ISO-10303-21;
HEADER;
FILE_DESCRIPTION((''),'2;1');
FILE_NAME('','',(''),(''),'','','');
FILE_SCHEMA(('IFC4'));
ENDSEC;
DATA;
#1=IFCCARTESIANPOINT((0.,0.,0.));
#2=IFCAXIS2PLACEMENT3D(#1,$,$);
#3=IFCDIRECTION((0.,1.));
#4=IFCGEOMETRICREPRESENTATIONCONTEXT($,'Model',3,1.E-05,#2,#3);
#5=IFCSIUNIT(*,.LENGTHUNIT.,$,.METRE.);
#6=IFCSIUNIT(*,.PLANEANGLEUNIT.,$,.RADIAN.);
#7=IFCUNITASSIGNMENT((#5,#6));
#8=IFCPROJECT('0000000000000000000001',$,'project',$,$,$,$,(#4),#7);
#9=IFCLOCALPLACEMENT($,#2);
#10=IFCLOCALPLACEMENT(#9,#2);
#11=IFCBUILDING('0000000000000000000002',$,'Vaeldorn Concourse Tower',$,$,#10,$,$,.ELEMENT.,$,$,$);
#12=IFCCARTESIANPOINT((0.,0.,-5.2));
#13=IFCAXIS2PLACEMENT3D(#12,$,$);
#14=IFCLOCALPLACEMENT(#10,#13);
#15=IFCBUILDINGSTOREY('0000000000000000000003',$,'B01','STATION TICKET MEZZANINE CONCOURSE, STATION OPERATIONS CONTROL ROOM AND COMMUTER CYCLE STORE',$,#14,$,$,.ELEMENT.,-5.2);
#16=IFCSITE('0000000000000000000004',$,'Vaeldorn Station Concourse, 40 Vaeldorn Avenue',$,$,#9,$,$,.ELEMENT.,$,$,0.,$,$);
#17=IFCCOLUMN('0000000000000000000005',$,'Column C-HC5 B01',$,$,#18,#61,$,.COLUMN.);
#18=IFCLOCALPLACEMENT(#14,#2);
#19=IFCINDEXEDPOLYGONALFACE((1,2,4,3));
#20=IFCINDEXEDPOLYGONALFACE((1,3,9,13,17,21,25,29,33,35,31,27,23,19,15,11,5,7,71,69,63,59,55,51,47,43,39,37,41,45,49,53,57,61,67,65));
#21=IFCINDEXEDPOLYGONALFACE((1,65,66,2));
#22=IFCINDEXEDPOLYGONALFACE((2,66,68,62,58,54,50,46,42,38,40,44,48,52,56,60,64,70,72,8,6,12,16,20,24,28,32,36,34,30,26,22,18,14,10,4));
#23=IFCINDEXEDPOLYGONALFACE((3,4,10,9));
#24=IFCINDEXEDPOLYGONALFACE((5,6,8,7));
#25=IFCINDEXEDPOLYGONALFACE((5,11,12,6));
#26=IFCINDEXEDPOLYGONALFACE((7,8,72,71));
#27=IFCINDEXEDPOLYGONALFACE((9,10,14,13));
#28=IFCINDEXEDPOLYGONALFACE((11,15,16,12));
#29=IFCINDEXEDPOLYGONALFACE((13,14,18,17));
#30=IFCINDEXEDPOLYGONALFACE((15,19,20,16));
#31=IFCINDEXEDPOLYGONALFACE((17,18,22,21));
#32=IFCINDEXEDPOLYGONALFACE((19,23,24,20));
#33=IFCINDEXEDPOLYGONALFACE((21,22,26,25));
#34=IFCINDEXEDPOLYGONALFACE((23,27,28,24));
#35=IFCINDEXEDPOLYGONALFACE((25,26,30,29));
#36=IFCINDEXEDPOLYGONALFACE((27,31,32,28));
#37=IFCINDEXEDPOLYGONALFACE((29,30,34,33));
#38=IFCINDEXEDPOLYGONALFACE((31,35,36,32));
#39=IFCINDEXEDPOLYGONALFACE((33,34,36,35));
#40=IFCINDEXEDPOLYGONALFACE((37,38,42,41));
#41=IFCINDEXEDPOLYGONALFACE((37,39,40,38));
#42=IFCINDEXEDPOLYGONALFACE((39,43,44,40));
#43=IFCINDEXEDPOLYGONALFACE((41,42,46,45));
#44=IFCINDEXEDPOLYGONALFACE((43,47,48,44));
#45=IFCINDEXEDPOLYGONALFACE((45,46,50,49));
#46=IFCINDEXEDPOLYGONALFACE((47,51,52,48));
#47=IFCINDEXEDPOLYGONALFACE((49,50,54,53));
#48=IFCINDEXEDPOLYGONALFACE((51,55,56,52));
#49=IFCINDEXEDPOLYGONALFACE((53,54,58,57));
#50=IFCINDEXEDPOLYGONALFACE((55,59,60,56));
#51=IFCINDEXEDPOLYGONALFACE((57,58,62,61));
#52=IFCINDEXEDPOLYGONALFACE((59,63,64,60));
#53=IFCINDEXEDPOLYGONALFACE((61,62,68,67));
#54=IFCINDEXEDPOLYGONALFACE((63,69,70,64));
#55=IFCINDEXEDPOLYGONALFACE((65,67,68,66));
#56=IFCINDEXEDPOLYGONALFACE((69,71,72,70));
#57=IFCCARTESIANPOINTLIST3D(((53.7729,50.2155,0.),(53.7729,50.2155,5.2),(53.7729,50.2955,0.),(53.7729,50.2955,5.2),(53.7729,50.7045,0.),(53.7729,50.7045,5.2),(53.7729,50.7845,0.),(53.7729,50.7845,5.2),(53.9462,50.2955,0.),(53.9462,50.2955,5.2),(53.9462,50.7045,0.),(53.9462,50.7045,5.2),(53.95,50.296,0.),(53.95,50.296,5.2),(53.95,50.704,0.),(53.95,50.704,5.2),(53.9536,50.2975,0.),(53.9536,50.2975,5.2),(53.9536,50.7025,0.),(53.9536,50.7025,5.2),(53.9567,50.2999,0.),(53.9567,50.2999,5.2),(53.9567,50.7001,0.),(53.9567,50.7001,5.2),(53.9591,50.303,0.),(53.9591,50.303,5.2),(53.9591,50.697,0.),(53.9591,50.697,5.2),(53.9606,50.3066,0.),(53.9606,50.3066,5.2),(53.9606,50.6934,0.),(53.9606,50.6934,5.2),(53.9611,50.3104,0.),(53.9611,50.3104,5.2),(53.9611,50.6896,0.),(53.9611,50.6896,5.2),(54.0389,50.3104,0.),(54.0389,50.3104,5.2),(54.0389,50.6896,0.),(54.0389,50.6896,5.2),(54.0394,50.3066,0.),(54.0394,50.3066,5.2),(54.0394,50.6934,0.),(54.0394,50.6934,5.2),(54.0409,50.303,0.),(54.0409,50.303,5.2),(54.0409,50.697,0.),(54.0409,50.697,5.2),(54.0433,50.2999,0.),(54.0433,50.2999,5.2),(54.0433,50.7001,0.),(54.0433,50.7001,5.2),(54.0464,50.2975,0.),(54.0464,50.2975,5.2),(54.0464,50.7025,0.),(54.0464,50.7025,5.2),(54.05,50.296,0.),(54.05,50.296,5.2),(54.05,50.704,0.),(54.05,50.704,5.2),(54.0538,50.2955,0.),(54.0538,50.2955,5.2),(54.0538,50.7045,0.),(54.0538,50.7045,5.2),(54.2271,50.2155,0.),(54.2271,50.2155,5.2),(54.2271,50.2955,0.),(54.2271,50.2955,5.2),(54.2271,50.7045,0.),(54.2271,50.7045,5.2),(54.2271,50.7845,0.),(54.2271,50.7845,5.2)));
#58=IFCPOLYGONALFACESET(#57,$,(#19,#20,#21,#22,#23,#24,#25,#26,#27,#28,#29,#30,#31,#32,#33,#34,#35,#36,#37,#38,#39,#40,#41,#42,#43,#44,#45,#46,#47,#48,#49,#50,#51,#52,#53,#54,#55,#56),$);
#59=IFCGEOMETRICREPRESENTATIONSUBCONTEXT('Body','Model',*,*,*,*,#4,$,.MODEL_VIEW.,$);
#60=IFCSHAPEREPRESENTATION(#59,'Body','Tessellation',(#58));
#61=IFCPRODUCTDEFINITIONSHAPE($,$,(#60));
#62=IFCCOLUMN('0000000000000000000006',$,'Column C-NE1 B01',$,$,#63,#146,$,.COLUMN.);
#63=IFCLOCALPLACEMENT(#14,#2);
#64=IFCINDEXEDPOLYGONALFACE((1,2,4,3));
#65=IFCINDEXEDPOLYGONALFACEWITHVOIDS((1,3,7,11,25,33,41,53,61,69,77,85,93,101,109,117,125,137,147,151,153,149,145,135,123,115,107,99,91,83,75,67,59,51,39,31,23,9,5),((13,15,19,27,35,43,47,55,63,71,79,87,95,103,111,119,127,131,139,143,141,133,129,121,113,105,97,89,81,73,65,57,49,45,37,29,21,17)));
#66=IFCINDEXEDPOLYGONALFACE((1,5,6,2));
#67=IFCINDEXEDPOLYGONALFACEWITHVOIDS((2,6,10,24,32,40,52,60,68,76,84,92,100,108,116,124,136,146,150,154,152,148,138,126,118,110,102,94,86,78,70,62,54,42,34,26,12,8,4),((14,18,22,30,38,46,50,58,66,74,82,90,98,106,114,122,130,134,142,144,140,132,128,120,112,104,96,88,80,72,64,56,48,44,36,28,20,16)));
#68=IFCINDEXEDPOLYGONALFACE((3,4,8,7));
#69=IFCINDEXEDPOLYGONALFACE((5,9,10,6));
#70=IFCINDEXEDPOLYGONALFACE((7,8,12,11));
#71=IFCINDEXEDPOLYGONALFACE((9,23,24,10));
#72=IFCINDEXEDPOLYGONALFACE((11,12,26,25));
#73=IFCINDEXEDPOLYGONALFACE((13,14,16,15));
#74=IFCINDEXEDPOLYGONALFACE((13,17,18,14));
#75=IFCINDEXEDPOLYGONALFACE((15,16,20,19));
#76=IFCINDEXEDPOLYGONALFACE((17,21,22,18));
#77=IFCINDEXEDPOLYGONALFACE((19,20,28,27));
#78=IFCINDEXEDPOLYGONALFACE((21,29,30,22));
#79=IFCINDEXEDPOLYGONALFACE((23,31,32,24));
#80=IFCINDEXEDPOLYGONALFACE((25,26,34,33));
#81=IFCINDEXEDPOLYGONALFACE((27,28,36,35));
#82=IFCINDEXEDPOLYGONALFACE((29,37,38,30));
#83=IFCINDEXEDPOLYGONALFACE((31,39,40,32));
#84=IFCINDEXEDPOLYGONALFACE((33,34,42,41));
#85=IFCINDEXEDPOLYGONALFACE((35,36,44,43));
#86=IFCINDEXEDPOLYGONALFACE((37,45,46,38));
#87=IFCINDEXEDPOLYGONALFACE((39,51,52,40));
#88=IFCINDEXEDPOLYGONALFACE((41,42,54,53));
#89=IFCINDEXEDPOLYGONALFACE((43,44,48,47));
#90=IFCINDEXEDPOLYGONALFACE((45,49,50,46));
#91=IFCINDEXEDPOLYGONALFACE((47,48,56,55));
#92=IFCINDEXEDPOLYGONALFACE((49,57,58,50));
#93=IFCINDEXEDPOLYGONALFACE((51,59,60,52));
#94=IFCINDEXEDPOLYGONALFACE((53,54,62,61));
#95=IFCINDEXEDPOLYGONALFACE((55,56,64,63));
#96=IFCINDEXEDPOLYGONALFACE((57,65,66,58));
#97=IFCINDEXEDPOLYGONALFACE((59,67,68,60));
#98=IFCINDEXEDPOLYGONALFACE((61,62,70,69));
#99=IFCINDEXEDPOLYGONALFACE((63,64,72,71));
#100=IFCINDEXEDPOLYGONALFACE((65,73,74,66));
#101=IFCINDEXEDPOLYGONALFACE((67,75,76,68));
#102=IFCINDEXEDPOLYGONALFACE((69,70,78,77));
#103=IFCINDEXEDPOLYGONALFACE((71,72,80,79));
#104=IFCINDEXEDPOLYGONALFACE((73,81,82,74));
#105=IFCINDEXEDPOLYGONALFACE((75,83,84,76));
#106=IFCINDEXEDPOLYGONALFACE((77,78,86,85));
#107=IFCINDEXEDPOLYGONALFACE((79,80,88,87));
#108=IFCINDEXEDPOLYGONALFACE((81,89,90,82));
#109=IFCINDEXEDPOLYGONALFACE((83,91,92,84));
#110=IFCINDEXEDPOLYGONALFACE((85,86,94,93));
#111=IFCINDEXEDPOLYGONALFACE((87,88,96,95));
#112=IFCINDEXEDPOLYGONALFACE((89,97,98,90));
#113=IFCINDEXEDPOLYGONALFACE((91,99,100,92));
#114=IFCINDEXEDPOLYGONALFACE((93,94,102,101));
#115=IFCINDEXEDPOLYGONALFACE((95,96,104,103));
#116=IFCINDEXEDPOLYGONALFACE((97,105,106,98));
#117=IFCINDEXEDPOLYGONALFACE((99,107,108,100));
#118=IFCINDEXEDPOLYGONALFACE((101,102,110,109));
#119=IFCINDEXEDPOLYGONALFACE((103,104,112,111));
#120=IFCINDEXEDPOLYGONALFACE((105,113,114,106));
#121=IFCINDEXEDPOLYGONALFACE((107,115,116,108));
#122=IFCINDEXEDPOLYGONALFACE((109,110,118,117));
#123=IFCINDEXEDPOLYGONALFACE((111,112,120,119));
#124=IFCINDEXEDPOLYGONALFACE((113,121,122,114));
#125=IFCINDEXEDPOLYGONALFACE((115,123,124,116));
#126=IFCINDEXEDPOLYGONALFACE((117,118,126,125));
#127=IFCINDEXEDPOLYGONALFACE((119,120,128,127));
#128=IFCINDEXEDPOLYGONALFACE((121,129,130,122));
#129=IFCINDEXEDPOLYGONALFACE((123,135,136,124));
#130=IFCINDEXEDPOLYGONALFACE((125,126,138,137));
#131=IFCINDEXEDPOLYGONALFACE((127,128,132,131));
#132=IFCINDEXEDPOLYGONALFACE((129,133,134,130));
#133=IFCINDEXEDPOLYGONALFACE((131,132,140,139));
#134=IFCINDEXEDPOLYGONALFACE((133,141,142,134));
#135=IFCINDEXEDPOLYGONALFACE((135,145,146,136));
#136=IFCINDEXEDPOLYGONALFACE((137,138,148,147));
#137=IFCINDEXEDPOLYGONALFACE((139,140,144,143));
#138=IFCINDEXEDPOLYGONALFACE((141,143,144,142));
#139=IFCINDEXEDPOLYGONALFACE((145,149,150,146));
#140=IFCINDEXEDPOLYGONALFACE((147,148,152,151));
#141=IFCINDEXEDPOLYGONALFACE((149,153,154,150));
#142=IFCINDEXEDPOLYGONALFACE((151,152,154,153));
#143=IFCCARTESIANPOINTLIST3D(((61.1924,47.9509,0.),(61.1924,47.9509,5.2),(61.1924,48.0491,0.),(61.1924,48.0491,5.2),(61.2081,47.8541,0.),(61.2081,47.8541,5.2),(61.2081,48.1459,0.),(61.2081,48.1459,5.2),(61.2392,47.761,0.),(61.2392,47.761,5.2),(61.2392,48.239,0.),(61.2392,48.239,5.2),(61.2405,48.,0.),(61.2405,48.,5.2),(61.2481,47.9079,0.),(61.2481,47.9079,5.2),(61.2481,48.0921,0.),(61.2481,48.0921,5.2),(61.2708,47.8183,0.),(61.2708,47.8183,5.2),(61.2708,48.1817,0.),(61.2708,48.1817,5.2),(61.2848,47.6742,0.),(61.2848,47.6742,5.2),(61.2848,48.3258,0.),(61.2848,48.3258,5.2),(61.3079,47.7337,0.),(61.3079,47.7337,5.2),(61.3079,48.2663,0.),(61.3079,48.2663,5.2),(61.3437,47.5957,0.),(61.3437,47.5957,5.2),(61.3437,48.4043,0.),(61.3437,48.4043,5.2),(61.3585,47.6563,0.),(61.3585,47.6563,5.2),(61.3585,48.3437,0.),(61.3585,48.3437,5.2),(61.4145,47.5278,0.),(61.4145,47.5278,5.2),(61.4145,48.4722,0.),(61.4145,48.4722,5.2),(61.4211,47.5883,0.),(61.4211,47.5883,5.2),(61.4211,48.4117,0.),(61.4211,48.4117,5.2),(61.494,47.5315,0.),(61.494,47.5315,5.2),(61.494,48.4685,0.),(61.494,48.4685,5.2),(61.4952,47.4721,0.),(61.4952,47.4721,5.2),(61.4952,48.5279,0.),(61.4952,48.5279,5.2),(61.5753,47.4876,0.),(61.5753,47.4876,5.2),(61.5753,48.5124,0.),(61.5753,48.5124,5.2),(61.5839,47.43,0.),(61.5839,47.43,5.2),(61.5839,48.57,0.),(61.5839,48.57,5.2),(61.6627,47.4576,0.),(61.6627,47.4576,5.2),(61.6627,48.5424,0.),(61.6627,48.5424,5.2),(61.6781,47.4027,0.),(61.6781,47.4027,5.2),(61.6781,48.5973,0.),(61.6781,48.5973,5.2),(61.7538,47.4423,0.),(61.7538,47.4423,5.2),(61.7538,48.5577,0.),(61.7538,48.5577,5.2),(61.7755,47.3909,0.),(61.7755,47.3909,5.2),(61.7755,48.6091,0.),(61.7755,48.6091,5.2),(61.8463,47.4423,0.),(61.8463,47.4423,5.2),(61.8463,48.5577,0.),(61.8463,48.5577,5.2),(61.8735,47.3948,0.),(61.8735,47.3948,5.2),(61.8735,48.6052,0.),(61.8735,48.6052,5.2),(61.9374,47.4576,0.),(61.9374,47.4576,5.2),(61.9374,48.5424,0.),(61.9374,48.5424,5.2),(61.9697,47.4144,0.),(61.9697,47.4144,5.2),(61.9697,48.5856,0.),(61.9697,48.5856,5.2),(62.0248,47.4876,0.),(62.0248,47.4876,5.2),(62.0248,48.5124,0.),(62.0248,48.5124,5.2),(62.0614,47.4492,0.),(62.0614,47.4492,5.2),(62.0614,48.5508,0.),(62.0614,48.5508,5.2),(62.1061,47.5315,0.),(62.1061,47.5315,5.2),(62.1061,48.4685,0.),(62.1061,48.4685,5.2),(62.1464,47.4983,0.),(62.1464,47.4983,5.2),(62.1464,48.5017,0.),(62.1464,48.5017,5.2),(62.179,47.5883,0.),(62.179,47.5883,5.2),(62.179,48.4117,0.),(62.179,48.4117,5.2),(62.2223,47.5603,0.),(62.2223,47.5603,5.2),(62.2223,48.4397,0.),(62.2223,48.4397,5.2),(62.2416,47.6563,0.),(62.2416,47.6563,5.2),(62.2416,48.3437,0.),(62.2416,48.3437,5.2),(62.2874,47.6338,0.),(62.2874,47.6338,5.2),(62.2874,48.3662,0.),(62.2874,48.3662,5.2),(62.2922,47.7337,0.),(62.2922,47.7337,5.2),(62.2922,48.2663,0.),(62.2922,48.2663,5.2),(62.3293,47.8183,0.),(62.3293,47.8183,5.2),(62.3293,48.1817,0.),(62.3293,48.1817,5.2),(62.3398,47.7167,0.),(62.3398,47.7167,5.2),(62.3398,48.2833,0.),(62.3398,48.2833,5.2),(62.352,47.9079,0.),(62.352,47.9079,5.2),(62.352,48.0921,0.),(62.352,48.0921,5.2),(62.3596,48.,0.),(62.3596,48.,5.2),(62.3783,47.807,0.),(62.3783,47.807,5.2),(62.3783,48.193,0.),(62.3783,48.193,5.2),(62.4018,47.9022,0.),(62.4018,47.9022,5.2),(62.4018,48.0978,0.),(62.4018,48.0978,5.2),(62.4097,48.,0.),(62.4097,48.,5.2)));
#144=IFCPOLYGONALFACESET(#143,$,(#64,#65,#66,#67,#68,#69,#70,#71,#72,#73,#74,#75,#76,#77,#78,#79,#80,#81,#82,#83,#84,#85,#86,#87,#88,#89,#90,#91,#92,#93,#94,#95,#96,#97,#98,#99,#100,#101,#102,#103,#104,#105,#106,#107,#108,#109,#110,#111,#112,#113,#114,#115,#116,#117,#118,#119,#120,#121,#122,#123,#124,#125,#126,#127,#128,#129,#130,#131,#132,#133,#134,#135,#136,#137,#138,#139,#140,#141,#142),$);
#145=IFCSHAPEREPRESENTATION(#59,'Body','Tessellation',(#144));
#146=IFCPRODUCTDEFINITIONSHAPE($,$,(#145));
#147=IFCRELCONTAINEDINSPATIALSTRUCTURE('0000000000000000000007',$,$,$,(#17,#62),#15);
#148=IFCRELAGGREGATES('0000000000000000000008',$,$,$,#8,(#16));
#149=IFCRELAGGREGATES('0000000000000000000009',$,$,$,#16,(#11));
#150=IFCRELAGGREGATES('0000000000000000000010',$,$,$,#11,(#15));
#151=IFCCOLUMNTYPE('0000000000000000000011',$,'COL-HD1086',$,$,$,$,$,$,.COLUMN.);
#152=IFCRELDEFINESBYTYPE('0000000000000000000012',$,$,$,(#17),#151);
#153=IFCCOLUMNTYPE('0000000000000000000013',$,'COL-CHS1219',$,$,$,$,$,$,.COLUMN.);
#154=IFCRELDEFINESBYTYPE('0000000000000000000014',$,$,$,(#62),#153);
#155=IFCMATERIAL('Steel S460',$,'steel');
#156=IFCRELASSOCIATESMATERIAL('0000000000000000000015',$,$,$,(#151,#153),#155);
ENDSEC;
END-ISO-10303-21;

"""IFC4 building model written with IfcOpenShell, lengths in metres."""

from ifc_helpers import new_model, si_unit, direction, frame, origin, origin_2d, place, context, subcontext, project, spatial, hollow_circle, i_section, extrude, source, transform, mapped, material, material_profile, profile_set, type_object, element, save


model = new_model("IFC4")

# Units and contexts
model_context = context("Model", 3, precision=1e-05, world=origin(), true_north=direction((0.0, 1.0)))
body_context = subcontext(model_context, "Body", "Model", "MODEL_VIEW")
ifc_project = project(units=[si_unit("LENGTHUNIT", "METRE"), si_unit("PLANEANGLEUNIT", "RADIAN")], contexts=[model_context])

# Site, building, storey
site_placement = place(None, origin())
site = spatial("IfcSite", under=ifc_project, at=site_placement, Name="Vaeldorn Station Concourse, 40 Vaeldorn Avenue", CompositionType="ELEMENT", RefElevation=0.0)
building_placement = place(site_placement, origin())
building = spatial("IfcBuilding", under=site, at=building_placement, Name="Vaeldorn Concourse Tower", CompositionType="ELEMENT")
storey_placement = place(building_placement, frame((0.0, 0.0, -5.2)))
storey = spatial("IfcBuildingStorey", under=building, at=storey_placement, Name="B01", Description="STATION TICKET MEZZANINE CONCOURSE, STATION OPERATIONS CONTROL ROOM AND COMMUTER CYCLE STORE", CompositionType="ELEMENT", Elevation=-5.2)

# Columns
ifc_material_1 = material(Name="Steel S460", Category="steel")
ifc_material_profile_1 = material_profile(ifc_material_1, i_section(OverallWidth=0.4541, OverallDepth=0.5691, WebThickness=0.0779, FlangeThickness=0.0801, FilletRadius=0.0149, at=origin_2d()), Name="HD 400x1086")
ifc_profile_set_1 = profile_set([ifc_material_profile_1], Name="Steel S460")
column_type_1 = type_object("IfcColumnType", Name="COL-HD1086", PredefinedType="COLUMN", material=ifc_profile_set_1)
shared_shape_1 = source(origin(), body_context, "Body", "SweptSolid", [
    extrude(i_section(OverallWidth=0.4541, OverallDepth=0.5691, WebThickness=0.0779, FlangeThickness=0.0801, FilletRadius=0.0149, at=origin_2d()), origin(), (0.0, 0.0, 1.0), 5.2),
])
column_1_placement = place(storey_placement, frame((54.0, 50.5, 0.0), z_axis=(0.0, 0.0, 1.0), x_axis=(1.0, 0.0, 0.0)))
element("IfcColumn", 1, at=column_1_placement, inside=storey, type_object=column_type_1, Name="Column C-HC5 B01", PredefinedType="COLUMN", context=body_context, shape_type="MappedRepresentation", body=[
    mapped(shared_shape_1, transform((0.0, 0.0, 0.0), scale=1.0)),
])
ifc_material_profile_2 = material_profile(ifc_material_1, hollow_circle(Radius=0.6096, WallThickness=0.05, at=origin_2d()), Name="CHS 1219x50")
ifc_profile_set_2 = profile_set([ifc_material_profile_2], Name="Steel S460")
column_type_2 = type_object("IfcColumnType", Name="COL-CHS1219", PredefinedType="COLUMN", material=ifc_profile_set_2)
shared_shape_2 = source(origin(), body_context, "Body", "SweptSolid", [
    extrude(hollow_circle(Radius=0.6096, WallThickness=0.05, at=origin_2d()), origin(), (0.0, 0.0, 1.0), 5.2),
])
for number, where, z_axis, x_axis, name in (
    (2, (61.8, 48.0, 0.0), (0.0, 0.0, 1.0), (1.0, 0.0, 0.0), "Column C-NE1 B01"),
):
    element("IfcColumn", number, at=place(storey_placement, frame(where, z_axis=z_axis, x_axis=x_axis)), inside=storey, type_object=column_type_2, Name=name, PredefinedType="COLUMN", context=body_context, shape_type="MappedRepresentation", body=[
        mapped(shared_shape_2, transform((0.0, 0.0, 0.0), scale=1.0)),
    ])

save(model, "model.ifc")
